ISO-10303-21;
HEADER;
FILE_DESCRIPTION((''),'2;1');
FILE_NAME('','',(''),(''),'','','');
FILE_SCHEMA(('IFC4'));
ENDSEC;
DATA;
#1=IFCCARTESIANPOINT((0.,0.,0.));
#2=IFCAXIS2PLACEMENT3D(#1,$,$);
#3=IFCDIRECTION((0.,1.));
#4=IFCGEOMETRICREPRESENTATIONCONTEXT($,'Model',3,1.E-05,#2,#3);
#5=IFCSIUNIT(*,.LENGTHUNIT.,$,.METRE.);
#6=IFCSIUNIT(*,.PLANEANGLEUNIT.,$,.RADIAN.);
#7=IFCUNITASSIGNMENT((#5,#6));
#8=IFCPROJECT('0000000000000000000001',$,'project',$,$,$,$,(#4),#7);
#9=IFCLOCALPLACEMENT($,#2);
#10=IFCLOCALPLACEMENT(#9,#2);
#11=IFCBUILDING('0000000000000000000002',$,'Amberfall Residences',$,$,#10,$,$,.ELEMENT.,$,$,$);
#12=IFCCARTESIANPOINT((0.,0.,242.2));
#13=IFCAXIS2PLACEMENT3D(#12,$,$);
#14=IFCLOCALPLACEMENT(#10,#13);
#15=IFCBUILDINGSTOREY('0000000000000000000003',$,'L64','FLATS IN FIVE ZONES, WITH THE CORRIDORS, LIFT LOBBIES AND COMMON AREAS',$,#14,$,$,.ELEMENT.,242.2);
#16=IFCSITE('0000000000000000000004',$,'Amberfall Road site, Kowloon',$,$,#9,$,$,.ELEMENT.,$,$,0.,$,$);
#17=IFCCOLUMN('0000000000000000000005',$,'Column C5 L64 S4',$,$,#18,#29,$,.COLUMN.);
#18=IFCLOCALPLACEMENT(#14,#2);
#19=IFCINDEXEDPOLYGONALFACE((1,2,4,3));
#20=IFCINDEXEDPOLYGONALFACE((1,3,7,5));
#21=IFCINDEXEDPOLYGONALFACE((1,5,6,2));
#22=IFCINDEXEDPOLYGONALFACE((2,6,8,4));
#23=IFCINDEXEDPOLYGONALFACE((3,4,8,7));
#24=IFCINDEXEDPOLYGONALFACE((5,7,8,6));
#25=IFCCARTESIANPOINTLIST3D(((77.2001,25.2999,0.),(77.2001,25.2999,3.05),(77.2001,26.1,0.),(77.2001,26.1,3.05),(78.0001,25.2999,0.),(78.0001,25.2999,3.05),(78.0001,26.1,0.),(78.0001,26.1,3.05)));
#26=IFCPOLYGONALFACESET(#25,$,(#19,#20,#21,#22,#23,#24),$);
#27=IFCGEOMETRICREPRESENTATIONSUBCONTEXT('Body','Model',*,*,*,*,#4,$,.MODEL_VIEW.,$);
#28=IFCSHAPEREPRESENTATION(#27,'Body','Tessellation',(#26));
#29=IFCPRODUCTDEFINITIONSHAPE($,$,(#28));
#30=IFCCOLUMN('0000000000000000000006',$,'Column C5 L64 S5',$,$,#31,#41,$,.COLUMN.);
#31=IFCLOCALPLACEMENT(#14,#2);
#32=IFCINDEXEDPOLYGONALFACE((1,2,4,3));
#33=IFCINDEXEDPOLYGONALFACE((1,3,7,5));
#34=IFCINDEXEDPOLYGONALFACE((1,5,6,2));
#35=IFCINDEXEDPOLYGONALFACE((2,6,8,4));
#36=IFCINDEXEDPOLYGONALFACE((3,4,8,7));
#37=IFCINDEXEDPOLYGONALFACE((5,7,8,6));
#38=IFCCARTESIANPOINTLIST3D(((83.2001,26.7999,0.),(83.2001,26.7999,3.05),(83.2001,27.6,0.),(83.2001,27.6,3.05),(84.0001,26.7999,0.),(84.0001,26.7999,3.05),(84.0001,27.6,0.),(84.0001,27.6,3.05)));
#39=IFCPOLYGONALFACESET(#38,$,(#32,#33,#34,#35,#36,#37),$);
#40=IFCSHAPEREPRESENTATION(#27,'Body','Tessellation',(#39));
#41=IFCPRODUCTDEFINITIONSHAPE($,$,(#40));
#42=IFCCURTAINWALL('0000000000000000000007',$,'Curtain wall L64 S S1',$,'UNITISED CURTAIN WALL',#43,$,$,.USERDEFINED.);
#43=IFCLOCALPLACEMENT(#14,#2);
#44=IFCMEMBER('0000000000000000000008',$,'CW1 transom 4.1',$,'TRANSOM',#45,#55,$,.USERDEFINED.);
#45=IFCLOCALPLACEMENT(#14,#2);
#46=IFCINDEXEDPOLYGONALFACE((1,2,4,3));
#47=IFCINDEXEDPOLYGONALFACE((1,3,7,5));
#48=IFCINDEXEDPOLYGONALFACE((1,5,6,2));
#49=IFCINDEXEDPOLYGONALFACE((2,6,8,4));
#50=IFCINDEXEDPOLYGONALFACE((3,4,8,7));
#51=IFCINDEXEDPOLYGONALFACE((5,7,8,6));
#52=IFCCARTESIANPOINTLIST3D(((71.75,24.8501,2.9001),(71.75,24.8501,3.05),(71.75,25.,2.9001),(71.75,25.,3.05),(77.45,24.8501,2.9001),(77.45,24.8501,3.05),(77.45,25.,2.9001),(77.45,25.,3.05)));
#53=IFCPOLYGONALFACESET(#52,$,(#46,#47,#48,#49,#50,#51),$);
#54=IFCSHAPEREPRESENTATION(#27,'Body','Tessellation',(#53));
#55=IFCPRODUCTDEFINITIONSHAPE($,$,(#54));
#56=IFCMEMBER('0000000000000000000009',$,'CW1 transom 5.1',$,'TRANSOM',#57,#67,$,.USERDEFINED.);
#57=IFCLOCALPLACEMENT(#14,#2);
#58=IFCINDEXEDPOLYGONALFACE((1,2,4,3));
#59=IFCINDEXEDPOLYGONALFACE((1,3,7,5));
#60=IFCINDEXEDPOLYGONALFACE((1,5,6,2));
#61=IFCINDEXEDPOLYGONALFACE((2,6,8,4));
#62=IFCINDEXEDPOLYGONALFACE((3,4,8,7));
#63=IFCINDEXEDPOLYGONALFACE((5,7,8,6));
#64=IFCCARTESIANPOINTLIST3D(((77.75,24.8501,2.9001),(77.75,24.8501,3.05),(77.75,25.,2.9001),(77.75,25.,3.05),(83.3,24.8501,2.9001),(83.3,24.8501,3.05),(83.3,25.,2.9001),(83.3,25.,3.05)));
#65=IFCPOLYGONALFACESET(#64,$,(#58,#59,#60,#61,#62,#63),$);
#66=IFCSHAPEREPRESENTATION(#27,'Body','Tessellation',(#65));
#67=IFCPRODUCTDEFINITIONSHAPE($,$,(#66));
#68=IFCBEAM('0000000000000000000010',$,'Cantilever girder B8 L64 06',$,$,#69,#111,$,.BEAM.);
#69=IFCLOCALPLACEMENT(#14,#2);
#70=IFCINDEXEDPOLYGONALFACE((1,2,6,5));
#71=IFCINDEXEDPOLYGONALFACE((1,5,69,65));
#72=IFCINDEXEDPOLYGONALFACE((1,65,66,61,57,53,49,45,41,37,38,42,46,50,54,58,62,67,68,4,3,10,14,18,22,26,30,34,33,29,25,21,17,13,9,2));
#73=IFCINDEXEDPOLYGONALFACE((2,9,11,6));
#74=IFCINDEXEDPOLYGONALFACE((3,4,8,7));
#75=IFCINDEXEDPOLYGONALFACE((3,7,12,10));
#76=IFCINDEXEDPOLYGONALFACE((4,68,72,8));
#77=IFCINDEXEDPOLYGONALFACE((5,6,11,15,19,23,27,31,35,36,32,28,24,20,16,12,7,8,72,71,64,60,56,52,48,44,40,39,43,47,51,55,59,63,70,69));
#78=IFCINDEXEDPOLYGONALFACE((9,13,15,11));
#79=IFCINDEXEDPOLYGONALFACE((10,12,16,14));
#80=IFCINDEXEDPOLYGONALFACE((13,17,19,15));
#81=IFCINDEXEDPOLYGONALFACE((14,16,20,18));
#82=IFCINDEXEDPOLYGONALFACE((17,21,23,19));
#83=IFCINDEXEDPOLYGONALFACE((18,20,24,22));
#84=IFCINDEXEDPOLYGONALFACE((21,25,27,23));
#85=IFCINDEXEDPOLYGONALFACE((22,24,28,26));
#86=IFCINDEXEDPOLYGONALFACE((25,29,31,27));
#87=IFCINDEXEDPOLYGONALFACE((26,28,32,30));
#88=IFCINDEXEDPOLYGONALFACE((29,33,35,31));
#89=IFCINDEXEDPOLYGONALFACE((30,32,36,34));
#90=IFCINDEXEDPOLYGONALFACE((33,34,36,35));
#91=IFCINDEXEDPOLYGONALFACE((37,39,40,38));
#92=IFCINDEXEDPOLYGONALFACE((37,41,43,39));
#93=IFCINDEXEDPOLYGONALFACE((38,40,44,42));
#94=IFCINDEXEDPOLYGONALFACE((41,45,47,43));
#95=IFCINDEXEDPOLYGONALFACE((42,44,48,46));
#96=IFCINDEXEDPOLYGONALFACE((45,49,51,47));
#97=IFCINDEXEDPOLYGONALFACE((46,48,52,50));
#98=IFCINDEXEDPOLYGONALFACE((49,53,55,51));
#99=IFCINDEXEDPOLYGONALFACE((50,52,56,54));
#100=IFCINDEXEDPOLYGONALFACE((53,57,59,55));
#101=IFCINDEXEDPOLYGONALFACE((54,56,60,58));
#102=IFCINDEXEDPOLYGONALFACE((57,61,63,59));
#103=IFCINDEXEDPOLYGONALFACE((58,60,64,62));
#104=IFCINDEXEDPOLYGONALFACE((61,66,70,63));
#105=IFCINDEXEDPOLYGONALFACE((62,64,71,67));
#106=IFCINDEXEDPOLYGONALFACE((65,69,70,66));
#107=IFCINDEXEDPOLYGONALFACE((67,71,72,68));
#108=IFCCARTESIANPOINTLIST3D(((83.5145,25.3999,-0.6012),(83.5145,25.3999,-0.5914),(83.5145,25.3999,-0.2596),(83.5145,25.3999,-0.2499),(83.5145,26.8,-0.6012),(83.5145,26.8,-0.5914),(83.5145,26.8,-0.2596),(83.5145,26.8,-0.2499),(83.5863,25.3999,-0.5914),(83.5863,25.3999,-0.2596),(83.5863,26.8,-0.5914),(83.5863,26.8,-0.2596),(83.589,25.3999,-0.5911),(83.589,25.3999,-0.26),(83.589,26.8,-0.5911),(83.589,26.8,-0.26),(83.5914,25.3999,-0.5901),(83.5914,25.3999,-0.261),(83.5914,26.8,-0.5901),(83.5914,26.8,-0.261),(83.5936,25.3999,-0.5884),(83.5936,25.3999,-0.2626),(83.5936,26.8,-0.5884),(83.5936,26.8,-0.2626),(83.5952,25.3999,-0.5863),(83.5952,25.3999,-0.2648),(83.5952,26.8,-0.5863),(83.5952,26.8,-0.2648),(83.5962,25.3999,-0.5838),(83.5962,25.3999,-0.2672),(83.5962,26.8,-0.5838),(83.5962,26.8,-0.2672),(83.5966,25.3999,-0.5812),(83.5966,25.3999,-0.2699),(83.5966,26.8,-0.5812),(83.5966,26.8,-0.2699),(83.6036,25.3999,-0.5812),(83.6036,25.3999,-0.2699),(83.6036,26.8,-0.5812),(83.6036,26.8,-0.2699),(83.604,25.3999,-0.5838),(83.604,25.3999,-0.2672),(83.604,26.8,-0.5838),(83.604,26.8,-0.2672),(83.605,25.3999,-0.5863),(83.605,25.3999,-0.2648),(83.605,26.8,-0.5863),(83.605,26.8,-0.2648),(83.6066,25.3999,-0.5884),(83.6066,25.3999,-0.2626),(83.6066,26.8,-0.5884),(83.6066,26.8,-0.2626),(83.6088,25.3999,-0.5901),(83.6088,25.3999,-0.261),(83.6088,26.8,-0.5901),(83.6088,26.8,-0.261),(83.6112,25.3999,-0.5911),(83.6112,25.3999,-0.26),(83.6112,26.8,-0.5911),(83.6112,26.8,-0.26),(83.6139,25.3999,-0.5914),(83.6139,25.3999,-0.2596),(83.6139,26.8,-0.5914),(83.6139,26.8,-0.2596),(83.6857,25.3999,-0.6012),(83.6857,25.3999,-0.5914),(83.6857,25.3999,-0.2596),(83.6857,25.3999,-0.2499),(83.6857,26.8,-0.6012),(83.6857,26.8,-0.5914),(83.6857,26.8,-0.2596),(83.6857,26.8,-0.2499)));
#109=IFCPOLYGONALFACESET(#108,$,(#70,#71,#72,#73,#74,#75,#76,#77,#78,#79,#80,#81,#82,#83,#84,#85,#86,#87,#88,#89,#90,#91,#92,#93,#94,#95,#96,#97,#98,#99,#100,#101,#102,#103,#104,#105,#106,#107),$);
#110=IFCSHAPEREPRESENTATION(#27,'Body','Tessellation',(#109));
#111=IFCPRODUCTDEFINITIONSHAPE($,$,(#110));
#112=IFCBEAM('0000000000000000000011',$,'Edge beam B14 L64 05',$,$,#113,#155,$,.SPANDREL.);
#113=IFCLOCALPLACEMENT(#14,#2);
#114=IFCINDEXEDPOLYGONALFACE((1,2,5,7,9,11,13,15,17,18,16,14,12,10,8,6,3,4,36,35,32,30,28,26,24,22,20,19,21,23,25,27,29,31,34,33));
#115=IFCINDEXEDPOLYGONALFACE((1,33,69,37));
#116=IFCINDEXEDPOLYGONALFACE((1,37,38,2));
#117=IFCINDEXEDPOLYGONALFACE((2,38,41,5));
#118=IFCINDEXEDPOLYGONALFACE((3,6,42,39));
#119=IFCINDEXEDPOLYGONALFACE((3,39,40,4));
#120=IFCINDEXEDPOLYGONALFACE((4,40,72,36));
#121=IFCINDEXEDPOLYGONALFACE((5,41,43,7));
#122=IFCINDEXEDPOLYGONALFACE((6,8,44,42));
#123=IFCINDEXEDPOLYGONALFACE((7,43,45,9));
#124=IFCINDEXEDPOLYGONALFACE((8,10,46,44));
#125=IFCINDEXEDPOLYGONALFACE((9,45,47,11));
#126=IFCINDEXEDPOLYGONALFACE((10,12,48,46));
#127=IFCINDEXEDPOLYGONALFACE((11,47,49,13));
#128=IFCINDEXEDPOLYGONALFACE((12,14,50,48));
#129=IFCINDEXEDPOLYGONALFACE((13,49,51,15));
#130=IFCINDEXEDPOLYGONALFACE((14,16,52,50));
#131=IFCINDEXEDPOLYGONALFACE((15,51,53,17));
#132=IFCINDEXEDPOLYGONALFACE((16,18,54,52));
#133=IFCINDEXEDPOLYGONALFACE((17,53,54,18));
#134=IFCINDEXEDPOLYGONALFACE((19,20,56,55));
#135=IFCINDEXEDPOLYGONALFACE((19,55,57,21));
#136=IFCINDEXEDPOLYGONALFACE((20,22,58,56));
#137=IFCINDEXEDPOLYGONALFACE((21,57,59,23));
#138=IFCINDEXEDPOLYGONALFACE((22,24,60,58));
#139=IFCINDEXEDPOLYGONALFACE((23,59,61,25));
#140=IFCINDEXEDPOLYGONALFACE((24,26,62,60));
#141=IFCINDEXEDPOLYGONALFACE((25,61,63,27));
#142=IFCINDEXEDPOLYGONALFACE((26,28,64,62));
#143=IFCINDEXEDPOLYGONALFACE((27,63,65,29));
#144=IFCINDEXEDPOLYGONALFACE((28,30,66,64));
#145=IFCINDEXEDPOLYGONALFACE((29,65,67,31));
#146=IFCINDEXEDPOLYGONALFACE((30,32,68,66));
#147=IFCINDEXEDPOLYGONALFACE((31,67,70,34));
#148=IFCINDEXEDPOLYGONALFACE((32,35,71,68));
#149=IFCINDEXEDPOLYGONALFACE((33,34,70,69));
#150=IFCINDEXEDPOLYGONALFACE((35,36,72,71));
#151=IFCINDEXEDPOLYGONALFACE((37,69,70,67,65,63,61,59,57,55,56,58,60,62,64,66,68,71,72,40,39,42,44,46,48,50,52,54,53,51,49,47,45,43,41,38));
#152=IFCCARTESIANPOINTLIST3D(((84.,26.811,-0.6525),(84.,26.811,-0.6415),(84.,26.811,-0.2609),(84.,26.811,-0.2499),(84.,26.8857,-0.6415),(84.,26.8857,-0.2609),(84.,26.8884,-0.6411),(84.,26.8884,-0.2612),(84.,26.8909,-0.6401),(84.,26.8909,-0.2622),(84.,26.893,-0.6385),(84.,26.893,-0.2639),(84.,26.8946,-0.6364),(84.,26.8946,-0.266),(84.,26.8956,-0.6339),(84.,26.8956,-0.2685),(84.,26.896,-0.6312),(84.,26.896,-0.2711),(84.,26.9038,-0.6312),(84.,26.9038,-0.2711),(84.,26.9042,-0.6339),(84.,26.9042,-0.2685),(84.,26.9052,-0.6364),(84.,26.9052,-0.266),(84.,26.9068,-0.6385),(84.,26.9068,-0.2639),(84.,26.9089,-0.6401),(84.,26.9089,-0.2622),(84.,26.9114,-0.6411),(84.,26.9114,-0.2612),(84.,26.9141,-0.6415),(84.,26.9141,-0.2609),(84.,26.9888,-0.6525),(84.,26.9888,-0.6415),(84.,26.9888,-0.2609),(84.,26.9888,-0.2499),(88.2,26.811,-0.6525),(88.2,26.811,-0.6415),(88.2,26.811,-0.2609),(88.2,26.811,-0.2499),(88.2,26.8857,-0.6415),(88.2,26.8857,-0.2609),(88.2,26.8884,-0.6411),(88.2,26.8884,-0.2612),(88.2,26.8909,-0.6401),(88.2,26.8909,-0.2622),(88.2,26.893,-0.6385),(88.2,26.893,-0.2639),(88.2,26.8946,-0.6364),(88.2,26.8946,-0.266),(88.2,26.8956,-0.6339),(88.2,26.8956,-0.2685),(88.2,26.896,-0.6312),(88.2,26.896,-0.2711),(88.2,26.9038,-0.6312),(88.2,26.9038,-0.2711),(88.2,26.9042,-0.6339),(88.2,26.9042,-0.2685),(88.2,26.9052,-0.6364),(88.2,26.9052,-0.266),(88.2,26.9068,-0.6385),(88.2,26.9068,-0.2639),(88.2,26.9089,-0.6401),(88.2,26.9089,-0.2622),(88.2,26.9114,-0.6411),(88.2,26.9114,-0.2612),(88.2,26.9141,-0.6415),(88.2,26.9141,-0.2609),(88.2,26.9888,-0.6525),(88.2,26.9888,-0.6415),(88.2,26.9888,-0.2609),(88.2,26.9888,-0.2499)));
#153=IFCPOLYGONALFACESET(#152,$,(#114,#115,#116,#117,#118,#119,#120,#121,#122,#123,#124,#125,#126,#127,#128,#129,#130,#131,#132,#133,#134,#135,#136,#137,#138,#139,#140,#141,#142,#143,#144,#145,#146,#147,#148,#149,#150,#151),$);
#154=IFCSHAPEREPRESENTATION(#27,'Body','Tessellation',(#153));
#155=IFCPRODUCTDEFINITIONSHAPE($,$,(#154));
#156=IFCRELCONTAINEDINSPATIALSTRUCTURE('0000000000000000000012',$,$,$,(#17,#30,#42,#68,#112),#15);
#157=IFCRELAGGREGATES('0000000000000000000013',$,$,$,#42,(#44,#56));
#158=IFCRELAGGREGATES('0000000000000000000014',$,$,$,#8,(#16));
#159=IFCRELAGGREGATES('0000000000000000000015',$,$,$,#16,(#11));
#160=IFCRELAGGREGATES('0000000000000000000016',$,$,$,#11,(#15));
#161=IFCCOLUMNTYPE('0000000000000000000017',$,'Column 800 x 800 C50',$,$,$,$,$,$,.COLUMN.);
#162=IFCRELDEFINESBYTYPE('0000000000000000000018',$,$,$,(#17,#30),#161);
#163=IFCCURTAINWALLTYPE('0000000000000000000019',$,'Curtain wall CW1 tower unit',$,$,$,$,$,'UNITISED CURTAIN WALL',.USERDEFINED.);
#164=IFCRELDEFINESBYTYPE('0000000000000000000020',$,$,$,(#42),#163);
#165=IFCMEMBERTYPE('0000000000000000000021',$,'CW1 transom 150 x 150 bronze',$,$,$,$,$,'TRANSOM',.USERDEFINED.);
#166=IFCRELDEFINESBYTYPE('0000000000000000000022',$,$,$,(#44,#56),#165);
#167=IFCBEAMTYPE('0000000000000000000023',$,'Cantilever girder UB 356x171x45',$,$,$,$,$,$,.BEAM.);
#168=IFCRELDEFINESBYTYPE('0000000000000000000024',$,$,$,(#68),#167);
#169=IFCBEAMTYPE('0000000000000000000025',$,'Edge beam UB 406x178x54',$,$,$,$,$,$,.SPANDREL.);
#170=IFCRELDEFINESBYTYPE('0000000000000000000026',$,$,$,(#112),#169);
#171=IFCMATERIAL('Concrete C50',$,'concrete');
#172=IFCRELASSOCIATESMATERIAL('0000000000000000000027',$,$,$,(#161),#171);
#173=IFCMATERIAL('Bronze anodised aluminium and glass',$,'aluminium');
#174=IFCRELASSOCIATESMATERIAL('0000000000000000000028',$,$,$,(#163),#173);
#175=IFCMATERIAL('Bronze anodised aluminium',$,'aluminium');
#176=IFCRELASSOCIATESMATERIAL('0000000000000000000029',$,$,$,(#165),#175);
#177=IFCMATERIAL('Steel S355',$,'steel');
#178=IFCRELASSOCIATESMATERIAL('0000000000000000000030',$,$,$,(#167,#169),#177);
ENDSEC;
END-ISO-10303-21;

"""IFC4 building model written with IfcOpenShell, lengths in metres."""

from ifc_helpers import new_model, si_unit, direction, frame, origin, origin_2d, place, context, subcontext, project, spatial, rectangle, i_section, extrude, material, material_profile, profile_set, type_object, element, aggregate, save


model = new_model("IFC4")

# Units and contexts
model_context = context("Model", 3, precision=1e-05, world=origin(), true_north=direction((0.0, 1.0)))
body_context = subcontext(model_context, "Body", "Model", "MODEL_VIEW")
ifc_project = project(units=[si_unit("LENGTHUNIT", "METRE"), si_unit("PLANEANGLEUNIT", "RADIAN")], contexts=[model_context])

# Site, building, storey
site_placement = place(None, origin())
site = spatial("IfcSite", under=ifc_project, at=site_placement, Name="Amberfall Road site, Kowloon", CompositionType="ELEMENT", RefElevation=0.0)
building_placement = place(site_placement, origin())
building = spatial("IfcBuilding", under=site, at=building_placement, Name="Amberfall Residences", CompositionType="ELEMENT")
storey_placement = place(building_placement, frame((0.0, 0.0, 242.2)))
storey = spatial("IfcBuildingStorey", under=building, at=storey_placement, Name="L64", Description="FLATS IN FIVE ZONES, WITH THE CORRIDORS, LIFT LOBBIES AND COMMON AREAS", CompositionType="ELEMENT", Elevation=242.2)

# Columns
ifc_material_1 = material(Name="Concrete C50", Category="concrete")
ifc_material_profile_1 = material_profile(ifc_material_1, rectangle(XDim=0.8, YDim=0.8, at=origin_2d()), Name="Column 800 x 800 C50")
ifc_profile_set_1 = profile_set([ifc_material_profile_1], Name="Concrete C50")
column_type = type_object("IfcColumnType", Name="Column 800 x 800 C50", PredefinedType="COLUMN", material=ifc_profile_set_1)
for number, where, z_axis, x_axis, name in (
    (1, (77.6001, 25.7, 0.0), (0.0, 0.0, 1.0), (1.0, 0.0, 0.0), "Column C5 L64 S4"),
    (2, (83.6001, 27.2, 0.0), (0.0, 0.0, 1.0), (1.0, 0.0, 0.0), "Column C5 L64 S5"),
):
    element("IfcColumn", number, at=place(storey_placement, frame(where, z_axis=z_axis, x_axis=x_axis)), inside=storey, type_object=column_type, Name=name, PredefinedType="COLUMN", context=body_context, shape_type="SweptSolid", body=[
        extrude(rectangle(XDim=0.8, YDim=0.8, at=origin_2d()), origin(), (0.0, 0.0, 1.0), 3.05),
    ])

# Curtain wall, members
ifc_material_2 = material(Name="Bronze anodised aluminium and glass", Category="aluminium")
curtain_wall_type = type_object("IfcCurtainWallType", Name="Curtain wall CW1 tower unit", ElementType="UNITISED CURTAIN WALL", PredefinedType="USERDEFINED", material=ifc_material_2)
curtain_wall_placement = place(storey_placement, origin())
curtain_wall = element("IfcCurtainWall", 3, at=curtain_wall_placement, inside=storey, type_object=curtain_wall_type, Name="Curtain wall L64 S S1", ObjectType="UNITISED CURTAIN WALL", PredefinedType="USERDEFINED")
ifc_material_3 = material(Name="Bronze anodised aluminium", Category="aluminium")
ifc_material_profile_2 = material_profile(ifc_material_3, rectangle(XDim=0.1499, YDim=0.1499, at=origin_2d()), Name="CW1 transom 150 x 150 bronze")
ifc_profile_set_2 = profile_set([ifc_material_profile_2], Name="Bronze anodised aluminium")
member_type_1 = type_object("IfcMemberType", Name="CW1 transom 150 x 150 bronze", ElementType="TRANSOM", PredefinedType="USERDEFINED", material=ifc_profile_set_2)
member_1_placement = place(storey_placement, frame((71.75, 24.925, 2.9751), z_axis=(1.0, 0.0, 0.0), x_axis=(0.0, 1.0, 0.0)))
member_1 = element("IfcMember", 4, at=member_1_placement, type_object=member_type_1, Name="CW1 transom 4.1", ObjectType="TRANSOM", PredefinedType="USERDEFINED", context=body_context, shape_type="SweptSolid", body=[
    extrude(rectangle(XDim=0.1499, YDim=0.1499, at=origin_2d()), origin(), (0.0, 0.0, 1.0), 5.7),
])
member_2_placement = place(storey_placement, frame((77.75, 24.925, 2.9751), z_axis=(1.0, 0.0, 0.0), x_axis=(0.0, 1.0, 0.0)))
member_2 = element("IfcMember", 5, at=member_2_placement, type_object=member_type_1, Name="CW1 transom 5.1", ObjectType="TRANSOM", PredefinedType="USERDEFINED", context=body_context, shape_type="SweptSolid", body=[
    extrude(rectangle(XDim=0.1499, YDim=0.1499, at=origin_2d()), origin(), (0.0, 0.0, 1.0), 5.55),
])

# Beams
ifc_material_4 = material(Name="Steel S355", Category="steel")
ifc_material_profile_3 = material_profile(ifc_material_4, i_section(OverallWidth=0.1711, OverallDepth=0.3513, WebThickness=0.0071, FlangeThickness=0.0098, FilletRadius=0.0103, at=origin_2d()), Name="UB 356x171x45")
ifc_profile_set_3 = profile_set([ifc_material_profile_3], Name="Steel S355")
beam_type_1 = type_object("IfcBeamType", Name="Cantilever girder UB 356x171x45", PredefinedType="BEAM", material=ifc_profile_set_3)
beam_1_placement = place(storey_placement, frame((83.6001, 26.8, -0.4255), z_axis=(0.0, -1.0, 0.0), x_axis=(1.0, 0.0, 0.0)))
element("IfcBeam", 6, at=beam_1_placement, inside=storey, type_object=beam_type_1, Name="Cantilever girder B8 L64 06", PredefinedType="BEAM", context=body_context, shape_type="SweptSolid", body=[
    extrude(i_section(OverallWidth=0.1711, OverallDepth=0.3513, WebThickness=0.0071, FlangeThickness=0.0098, FilletRadius=0.0103, at=origin_2d()), origin(), (0.0, 0.0, 1.0), 1.4001),
])
ifc_material_profile_4 = material_profile(ifc_material_4, i_section(OverallWidth=0.1777, OverallDepth=0.4026, WebThickness=0.0078, FlangeThickness=0.011, FilletRadius=0.0103, at=origin_2d()), Name="UB 406x178x54")
ifc_profile_set_4 = profile_set([ifc_material_profile_4], Name="Steel S355")
beam_type_2 = type_object("IfcBeamType", Name="Edge beam UB 406x178x54", PredefinedType="SPANDREL", material=ifc_profile_set_4)
beam_2_placement = place(storey_placement, frame((84.0, 26.8999, -0.4512), z_axis=(1.0, 0.0, 0.0), x_axis=(0.0, 1.0, 0.0)))
element("IfcBeam", 7, at=beam_2_placement, inside=storey, type_object=beam_type_2, Name="Edge beam B14 L64 05", PredefinedType="SPANDREL", context=body_context, shape_type="SweptSolid", body=[
    extrude(i_section(OverallWidth=0.1777, OverallDepth=0.4026, WebThickness=0.0078, FlangeThickness=0.011, FilletRadius=0.0103, at=origin_2d()), origin(), (0.0, 0.0, 1.0), 4.2),
])

aggregate(curtain_wall, [member_1, member_2])

save(model, "model.ifc")
